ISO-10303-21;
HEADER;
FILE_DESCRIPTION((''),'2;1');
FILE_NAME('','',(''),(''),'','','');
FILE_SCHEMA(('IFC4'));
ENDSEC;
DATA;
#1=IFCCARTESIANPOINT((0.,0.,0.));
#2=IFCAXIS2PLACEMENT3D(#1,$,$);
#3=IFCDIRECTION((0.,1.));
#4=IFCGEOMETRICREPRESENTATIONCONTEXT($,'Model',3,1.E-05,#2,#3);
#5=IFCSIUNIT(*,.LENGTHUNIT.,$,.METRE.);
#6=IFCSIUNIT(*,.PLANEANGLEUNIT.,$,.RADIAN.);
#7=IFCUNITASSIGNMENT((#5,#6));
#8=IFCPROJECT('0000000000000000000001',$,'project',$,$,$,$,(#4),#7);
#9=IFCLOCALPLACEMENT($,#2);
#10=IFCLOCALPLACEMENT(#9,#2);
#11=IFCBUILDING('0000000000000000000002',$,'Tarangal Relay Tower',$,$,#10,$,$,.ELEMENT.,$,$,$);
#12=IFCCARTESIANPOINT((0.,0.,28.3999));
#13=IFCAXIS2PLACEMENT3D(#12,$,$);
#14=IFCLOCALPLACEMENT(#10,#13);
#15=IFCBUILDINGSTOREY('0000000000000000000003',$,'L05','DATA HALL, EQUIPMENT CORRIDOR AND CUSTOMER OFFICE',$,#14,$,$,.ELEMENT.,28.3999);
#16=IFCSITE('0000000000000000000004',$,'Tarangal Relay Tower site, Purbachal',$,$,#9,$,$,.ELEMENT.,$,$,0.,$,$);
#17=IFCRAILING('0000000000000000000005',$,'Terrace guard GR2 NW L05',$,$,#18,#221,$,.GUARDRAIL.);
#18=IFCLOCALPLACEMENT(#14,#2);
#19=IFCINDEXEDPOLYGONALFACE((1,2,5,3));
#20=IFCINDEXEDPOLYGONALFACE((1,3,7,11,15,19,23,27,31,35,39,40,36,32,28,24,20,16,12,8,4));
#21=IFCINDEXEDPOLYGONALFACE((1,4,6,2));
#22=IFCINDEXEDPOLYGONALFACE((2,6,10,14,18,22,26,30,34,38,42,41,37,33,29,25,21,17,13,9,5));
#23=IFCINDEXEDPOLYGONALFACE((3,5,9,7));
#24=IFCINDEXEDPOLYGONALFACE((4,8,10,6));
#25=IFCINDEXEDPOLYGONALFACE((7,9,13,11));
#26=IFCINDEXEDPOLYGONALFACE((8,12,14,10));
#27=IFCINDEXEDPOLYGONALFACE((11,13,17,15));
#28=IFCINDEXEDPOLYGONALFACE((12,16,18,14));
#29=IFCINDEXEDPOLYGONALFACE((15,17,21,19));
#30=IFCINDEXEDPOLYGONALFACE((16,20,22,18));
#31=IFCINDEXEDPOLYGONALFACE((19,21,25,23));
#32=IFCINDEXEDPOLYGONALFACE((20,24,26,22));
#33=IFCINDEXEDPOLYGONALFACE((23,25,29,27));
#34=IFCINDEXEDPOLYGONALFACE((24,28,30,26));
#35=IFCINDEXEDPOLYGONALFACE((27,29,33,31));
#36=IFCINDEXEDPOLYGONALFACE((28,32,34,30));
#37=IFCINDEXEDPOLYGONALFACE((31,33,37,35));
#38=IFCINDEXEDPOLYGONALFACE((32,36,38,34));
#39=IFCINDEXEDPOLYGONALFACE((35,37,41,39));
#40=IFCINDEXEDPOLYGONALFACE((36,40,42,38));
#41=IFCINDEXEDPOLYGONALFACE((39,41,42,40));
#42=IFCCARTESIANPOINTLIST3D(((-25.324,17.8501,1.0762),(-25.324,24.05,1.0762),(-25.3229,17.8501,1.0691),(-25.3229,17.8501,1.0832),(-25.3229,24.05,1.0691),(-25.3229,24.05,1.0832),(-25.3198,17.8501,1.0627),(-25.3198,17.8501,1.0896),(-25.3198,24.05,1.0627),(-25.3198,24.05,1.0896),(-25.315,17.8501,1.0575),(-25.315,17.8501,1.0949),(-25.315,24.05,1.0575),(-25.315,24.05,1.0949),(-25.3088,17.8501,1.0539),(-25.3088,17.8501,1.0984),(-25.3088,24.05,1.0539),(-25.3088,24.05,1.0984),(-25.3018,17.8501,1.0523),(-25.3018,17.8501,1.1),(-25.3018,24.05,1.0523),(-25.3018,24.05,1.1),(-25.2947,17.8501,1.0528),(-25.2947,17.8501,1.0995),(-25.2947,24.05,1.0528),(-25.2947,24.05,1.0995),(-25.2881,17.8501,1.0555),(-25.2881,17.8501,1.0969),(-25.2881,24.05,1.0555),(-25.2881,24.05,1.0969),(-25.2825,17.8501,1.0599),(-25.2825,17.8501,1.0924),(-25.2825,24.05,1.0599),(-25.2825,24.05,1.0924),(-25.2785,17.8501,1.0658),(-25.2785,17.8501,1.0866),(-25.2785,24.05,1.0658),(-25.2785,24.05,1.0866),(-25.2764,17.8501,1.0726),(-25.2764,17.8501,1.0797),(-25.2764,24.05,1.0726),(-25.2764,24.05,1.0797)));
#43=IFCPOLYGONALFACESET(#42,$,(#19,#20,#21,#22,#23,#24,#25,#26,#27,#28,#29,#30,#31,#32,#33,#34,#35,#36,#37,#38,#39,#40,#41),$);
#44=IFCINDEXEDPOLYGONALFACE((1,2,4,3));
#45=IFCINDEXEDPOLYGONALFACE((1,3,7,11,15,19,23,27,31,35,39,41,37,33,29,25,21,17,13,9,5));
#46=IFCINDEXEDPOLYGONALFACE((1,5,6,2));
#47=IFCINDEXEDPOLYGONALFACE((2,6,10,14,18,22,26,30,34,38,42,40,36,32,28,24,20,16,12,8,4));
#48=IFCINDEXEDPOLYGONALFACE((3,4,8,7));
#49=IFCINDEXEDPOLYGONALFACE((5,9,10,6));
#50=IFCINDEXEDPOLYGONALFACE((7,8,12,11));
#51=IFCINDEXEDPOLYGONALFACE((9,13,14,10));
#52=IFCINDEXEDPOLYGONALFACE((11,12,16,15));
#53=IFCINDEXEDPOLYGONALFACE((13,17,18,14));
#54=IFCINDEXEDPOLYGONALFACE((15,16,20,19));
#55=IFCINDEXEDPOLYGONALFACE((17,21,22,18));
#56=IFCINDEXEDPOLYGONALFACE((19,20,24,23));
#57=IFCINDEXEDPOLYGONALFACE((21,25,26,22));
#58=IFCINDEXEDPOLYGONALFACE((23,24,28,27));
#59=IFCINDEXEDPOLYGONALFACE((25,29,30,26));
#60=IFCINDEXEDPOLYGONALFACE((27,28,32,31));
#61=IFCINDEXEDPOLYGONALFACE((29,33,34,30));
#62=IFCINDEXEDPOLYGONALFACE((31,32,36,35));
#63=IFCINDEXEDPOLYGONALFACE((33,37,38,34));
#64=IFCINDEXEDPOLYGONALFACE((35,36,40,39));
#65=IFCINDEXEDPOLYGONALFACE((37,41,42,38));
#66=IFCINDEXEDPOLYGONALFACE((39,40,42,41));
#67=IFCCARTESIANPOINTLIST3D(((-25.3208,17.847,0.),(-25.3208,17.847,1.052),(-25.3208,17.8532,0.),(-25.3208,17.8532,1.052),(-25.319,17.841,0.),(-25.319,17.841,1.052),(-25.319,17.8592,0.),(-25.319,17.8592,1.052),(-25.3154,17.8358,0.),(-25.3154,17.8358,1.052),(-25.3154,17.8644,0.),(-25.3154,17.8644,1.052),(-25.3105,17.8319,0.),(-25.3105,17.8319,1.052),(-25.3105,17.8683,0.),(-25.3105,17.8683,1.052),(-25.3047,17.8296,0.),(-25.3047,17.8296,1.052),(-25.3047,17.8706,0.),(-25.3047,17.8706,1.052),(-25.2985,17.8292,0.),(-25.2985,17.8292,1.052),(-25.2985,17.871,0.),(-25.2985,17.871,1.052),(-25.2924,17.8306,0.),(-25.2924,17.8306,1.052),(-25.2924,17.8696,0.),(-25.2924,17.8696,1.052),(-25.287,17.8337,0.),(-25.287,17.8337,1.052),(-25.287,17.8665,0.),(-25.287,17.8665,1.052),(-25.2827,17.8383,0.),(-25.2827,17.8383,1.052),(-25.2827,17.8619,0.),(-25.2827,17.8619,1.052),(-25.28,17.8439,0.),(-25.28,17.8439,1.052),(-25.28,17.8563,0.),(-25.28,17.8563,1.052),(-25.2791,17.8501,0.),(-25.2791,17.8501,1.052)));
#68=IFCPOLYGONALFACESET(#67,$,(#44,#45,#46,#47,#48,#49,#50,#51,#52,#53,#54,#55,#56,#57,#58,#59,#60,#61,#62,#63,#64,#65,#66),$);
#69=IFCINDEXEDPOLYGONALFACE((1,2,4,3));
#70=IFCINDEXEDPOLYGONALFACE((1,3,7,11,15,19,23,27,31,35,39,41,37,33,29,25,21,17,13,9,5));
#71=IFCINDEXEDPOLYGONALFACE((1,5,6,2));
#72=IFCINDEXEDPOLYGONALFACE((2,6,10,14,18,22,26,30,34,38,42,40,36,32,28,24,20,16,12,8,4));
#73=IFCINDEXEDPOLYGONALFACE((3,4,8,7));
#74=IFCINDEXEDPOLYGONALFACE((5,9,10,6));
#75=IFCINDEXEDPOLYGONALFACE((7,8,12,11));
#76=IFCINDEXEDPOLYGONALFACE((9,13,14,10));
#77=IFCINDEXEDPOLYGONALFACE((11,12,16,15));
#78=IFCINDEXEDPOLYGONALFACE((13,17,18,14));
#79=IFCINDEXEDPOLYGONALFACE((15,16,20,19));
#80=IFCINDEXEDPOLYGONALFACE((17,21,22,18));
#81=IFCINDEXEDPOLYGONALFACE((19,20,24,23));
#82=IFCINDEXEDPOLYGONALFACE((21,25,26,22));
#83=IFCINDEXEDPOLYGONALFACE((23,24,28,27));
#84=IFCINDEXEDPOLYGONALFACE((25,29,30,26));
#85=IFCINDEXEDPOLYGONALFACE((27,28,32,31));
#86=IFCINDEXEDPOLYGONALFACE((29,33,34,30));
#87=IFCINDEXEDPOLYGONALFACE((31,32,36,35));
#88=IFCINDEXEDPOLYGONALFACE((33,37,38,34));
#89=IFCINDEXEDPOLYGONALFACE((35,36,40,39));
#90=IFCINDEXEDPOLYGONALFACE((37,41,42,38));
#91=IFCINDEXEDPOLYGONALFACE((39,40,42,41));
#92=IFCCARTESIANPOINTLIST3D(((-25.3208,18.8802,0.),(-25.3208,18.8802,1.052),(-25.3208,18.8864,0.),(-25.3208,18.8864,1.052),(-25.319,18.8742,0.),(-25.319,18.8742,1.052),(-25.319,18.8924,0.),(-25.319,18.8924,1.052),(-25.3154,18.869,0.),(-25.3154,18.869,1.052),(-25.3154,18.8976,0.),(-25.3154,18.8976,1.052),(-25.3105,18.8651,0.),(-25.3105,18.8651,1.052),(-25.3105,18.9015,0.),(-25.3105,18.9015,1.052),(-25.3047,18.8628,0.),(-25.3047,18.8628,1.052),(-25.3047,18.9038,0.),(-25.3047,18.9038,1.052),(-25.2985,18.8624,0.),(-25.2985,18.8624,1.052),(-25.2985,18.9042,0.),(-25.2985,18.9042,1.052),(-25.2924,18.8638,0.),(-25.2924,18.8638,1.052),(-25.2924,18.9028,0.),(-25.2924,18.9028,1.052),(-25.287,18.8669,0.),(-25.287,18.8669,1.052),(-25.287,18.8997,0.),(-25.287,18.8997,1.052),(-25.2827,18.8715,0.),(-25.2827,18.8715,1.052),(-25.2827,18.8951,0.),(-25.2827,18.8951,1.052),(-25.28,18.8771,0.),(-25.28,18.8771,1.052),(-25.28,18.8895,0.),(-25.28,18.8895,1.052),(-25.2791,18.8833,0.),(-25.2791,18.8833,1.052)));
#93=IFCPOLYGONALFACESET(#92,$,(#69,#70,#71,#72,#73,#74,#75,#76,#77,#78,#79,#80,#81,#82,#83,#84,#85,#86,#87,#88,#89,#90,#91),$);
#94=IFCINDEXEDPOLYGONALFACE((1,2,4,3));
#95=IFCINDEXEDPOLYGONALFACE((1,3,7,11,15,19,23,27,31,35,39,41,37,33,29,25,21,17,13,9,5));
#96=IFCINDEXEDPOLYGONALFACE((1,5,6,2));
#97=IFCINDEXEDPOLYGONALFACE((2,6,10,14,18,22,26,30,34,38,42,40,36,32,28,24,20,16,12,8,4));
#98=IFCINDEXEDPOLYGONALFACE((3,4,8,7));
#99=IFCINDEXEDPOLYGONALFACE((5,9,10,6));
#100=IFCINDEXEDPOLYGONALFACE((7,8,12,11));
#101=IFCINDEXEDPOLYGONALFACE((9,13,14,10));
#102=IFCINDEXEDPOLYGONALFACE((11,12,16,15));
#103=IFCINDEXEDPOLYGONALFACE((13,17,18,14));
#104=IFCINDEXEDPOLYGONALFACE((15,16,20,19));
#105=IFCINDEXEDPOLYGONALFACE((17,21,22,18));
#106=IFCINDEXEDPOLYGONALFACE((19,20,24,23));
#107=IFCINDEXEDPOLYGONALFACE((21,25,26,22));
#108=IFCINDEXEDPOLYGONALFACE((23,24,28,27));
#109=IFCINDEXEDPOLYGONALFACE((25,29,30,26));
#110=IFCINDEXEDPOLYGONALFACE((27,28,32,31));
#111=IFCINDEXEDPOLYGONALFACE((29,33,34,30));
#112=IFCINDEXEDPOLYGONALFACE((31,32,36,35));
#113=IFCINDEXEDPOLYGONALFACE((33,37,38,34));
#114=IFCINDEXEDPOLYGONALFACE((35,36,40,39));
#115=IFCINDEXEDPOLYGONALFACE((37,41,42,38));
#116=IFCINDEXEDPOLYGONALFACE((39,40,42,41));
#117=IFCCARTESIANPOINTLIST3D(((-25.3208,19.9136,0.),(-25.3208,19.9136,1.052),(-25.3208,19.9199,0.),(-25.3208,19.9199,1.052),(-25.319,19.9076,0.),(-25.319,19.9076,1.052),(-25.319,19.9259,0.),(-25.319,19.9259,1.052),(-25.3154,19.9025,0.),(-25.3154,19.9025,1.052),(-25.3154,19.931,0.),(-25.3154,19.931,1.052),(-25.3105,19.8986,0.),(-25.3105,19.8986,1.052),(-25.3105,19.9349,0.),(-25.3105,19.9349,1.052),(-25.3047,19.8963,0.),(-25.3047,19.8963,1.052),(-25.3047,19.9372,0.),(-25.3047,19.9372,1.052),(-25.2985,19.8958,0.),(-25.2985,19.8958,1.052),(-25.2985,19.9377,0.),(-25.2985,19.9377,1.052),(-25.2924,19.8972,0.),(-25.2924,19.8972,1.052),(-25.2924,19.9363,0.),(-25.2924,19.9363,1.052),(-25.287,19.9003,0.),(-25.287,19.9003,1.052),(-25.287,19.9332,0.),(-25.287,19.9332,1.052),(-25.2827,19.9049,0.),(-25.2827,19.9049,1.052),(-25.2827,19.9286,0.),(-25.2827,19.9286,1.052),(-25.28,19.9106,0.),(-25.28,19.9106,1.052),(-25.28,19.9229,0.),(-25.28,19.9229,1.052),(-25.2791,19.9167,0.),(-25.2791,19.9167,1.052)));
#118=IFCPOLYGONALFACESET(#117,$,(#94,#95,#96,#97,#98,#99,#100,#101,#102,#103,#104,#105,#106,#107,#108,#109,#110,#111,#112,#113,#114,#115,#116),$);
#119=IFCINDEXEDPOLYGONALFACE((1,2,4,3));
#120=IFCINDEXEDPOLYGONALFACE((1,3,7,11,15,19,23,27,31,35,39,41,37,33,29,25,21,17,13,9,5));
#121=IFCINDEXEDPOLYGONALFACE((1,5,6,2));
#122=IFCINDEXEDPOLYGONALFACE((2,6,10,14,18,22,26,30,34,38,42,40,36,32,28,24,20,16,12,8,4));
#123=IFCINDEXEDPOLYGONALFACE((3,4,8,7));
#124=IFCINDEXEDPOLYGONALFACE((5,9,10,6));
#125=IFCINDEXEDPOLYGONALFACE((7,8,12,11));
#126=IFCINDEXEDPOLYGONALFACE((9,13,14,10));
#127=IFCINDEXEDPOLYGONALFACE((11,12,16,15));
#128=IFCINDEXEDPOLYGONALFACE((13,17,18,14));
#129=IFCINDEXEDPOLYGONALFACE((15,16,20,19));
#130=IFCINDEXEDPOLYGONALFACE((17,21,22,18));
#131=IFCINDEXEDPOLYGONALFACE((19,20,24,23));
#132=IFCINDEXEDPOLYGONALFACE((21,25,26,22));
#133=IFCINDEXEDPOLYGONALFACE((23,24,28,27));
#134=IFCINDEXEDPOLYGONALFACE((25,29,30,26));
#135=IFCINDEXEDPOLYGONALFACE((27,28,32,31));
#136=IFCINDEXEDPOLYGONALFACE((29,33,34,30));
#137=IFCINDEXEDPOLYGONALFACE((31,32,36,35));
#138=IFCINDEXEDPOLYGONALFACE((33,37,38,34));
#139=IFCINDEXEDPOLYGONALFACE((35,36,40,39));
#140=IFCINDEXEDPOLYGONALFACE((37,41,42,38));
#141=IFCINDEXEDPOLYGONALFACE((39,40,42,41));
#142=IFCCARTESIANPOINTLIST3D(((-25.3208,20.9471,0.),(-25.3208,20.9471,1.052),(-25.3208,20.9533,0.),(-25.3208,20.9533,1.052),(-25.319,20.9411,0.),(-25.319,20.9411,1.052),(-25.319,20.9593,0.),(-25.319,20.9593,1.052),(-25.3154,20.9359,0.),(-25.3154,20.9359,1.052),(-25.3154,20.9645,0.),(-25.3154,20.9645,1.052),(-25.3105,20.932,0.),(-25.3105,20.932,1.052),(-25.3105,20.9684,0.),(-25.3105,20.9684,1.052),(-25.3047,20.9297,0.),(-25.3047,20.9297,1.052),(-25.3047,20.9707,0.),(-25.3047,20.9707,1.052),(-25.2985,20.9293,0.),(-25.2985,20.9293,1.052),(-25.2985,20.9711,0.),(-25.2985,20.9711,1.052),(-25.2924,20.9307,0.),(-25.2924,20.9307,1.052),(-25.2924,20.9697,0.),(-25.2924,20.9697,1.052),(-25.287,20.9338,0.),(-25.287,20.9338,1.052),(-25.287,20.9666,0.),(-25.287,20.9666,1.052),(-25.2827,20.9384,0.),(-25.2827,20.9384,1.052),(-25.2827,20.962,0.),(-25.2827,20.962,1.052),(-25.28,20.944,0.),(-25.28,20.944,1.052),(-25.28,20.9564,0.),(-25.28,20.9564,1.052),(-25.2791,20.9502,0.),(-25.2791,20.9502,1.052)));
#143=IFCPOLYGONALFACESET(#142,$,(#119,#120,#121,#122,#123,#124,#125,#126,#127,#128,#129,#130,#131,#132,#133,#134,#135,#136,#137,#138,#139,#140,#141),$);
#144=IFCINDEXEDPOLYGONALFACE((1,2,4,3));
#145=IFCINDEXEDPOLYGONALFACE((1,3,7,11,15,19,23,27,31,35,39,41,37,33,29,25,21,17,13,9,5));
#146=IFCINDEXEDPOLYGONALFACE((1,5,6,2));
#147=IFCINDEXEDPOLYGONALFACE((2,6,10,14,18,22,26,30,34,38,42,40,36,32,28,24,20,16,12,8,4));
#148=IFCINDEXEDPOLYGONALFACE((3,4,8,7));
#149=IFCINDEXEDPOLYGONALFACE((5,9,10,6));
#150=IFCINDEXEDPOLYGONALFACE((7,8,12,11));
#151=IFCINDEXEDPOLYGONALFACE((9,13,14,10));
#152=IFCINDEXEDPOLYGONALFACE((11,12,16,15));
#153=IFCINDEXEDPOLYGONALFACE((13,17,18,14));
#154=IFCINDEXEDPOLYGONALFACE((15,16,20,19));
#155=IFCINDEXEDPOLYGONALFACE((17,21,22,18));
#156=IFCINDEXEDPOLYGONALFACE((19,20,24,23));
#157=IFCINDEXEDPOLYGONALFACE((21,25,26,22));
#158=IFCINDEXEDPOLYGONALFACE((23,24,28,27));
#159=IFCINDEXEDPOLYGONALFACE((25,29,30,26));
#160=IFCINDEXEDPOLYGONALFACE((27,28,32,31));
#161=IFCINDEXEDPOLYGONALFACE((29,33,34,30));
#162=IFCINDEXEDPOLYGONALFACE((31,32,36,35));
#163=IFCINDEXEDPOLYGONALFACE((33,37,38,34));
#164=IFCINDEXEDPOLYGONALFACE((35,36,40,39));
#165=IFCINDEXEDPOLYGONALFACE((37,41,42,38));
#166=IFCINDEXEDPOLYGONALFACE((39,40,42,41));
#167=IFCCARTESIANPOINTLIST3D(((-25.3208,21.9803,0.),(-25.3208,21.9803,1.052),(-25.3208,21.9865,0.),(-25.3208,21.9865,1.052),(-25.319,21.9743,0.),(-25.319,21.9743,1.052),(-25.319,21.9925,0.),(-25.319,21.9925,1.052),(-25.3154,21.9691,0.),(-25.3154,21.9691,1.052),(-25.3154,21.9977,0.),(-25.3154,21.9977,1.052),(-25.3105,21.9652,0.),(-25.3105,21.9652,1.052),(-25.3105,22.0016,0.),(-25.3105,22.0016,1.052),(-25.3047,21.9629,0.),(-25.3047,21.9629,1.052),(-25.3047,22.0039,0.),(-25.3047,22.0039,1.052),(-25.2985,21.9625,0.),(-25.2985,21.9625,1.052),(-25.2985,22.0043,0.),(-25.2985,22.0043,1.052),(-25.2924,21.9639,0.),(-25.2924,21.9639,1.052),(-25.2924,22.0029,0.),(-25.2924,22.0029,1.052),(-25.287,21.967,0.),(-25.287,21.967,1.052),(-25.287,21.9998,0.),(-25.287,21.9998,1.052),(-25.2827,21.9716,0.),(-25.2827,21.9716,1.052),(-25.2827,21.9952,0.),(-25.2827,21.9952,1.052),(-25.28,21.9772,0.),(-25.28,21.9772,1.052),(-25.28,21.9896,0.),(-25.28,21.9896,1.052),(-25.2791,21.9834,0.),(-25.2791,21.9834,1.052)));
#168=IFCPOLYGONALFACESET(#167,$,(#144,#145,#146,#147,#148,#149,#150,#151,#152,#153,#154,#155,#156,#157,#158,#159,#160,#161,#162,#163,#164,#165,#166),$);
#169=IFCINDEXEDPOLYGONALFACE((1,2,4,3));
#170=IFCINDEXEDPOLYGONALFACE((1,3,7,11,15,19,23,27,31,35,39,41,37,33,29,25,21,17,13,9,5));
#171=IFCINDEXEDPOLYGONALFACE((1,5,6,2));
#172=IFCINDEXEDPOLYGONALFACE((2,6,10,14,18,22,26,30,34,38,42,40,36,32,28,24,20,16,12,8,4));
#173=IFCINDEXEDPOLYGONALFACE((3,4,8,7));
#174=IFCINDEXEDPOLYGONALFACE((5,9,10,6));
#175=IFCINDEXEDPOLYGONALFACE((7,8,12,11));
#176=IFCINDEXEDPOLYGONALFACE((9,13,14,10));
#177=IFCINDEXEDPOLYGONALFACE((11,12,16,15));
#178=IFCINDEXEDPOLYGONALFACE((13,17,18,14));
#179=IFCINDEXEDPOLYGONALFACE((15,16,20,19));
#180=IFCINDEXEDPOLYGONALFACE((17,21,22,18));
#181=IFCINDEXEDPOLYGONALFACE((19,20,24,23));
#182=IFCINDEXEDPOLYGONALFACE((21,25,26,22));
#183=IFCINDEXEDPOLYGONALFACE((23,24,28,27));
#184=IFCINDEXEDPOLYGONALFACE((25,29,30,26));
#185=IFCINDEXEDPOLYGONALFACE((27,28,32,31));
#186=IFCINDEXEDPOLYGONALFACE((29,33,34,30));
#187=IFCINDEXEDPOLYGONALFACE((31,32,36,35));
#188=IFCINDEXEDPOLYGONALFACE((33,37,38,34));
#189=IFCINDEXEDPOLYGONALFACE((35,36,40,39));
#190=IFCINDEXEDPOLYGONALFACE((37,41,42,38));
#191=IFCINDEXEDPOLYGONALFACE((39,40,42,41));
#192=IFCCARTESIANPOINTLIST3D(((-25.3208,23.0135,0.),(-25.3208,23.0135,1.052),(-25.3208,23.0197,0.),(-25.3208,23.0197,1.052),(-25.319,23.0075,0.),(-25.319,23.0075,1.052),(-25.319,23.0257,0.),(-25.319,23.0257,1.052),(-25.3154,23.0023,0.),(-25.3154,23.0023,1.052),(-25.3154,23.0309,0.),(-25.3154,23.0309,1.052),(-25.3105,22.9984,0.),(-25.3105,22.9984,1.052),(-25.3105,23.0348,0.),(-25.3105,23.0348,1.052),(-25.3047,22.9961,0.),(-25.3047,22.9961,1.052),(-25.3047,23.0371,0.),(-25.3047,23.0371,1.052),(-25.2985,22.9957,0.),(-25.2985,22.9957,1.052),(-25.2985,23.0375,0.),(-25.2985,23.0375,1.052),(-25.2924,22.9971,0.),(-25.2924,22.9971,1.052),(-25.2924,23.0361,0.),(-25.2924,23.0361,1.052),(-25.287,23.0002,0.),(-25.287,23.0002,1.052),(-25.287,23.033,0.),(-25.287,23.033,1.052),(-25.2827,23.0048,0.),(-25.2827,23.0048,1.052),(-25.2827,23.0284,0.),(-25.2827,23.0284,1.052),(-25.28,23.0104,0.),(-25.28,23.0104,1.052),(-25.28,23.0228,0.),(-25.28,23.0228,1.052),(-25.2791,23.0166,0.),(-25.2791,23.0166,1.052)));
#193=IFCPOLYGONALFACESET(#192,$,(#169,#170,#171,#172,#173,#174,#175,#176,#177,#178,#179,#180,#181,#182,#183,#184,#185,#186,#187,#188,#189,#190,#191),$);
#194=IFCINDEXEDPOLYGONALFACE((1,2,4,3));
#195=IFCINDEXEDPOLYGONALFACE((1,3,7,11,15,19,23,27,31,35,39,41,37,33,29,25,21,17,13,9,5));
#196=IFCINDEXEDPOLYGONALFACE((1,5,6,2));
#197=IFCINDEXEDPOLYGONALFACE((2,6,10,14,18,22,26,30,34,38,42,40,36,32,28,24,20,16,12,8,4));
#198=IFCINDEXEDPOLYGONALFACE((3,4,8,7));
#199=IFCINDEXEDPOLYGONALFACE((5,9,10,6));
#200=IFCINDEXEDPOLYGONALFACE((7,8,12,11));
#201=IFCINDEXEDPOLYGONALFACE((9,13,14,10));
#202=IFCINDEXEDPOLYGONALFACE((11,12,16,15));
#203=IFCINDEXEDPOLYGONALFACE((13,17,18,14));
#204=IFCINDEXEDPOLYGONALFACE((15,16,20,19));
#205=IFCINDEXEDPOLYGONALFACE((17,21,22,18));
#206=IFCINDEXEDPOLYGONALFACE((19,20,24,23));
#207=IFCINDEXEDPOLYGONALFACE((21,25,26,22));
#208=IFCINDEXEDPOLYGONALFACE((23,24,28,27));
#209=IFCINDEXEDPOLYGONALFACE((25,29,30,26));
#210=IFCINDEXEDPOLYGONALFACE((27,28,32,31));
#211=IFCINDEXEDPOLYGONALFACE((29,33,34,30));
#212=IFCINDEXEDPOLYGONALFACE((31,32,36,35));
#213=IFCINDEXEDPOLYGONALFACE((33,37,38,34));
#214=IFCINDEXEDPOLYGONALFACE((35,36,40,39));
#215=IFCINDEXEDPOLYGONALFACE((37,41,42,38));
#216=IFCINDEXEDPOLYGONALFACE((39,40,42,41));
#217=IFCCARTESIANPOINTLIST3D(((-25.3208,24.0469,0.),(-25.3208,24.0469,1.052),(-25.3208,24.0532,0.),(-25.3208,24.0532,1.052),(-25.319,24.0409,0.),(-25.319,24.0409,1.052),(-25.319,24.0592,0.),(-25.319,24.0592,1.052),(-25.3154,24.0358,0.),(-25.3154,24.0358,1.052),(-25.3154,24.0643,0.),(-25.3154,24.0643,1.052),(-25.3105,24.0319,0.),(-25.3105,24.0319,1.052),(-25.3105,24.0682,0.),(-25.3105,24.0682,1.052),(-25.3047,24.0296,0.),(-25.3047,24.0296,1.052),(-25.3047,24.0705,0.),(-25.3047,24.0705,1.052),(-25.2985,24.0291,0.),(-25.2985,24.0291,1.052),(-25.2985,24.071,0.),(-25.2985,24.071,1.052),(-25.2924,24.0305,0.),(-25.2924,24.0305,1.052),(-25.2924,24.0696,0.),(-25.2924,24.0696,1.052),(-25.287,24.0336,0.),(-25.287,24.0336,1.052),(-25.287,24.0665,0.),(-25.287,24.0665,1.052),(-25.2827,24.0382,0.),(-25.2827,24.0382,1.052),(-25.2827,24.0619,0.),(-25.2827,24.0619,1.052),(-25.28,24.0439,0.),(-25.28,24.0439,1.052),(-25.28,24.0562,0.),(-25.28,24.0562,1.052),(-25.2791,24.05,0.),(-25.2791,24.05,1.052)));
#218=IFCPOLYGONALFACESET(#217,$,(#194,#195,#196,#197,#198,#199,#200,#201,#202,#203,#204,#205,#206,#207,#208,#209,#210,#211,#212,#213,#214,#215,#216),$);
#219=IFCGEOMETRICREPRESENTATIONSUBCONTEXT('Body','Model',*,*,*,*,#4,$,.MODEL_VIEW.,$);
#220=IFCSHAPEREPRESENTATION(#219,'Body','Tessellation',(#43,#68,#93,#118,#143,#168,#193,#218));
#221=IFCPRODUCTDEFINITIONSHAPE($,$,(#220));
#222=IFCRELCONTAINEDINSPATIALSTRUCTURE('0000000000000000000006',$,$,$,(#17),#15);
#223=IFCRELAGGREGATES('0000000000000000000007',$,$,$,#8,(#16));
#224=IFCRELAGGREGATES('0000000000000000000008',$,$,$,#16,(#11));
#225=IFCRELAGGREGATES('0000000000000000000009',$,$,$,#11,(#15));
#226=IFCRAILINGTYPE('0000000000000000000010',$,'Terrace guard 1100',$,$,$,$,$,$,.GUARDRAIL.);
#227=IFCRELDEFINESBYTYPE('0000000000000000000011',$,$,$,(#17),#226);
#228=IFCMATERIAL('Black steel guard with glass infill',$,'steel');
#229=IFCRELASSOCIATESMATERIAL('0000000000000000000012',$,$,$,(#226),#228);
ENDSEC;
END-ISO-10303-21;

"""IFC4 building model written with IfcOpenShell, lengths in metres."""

from ifc_helpers import new_model, si_unit, direction, frame, origin, origin_2d, place, context, subcontext, project, spatial, circle, extrude, material, type_object, element, save


model = new_model("IFC4")

# Units and contexts
model_context = context("Model", 3, precision=1e-05, world=origin(), true_north=direction((0.0, 1.0)))
body_context = subcontext(model_context, "Body", "Model", "MODEL_VIEW")
ifc_project = project(units=[si_unit("LENGTHUNIT", "METRE"), si_unit("PLANEANGLEUNIT", "RADIAN")], contexts=[model_context])

# Site, building, storey
site_placement = place(None, origin())
site = spatial("IfcSite", under=ifc_project, at=site_placement, Name="Tarangal Relay Tower site, Purbachal", CompositionType="ELEMENT", RefElevation=0.0)
building_placement = place(site_placement, origin())
building = spatial("IfcBuilding", under=site, at=building_placement, Name="Tarangal Relay Tower", CompositionType="ELEMENT")
storey_placement = place(building_placement, frame((0.0, 0.0, 28.3999)))
storey = spatial("IfcBuildingStorey", under=building, at=storey_placement, Name="L05", Description="DATA HALL, EQUIPMENT CORRIDOR AND CUSTOMER OFFICE", CompositionType="ELEMENT", Elevation=28.3999)

# Railing
ifc_material_1 = material(Name="Black steel guard with glass infill", Category="steel")
railing_type = type_object("IfcRailingType", Name="Terrace guard 1100", PredefinedType="GUARDRAIL", material=ifc_material_1)
railing_1_placement = place(storey_placement, frame((-25.3, 17.8501, 0.0)))
element("IfcRailing", 1, at=railing_1_placement, inside=storey, type_object=railing_type, Name="Terrace guard GR2 NW L05", PredefinedType="GUARDRAIL", context=body_context, shape_type="SweptSolid", body=[
    extrude(circle(Radius=0.0239, at=origin_2d()), frame((0.0, 0.0, 1.0762), z_axis=(0.0, 1.0, 0.0), x_axis=(-1.0, 0.0, 0.0)), (0.0, 0.0, 1.0), 6.2),
    extrude(circle(Radius=0.021, at=origin_2d()), origin(), (0.0, 0.0, 1.0), 1.052),
    extrude(circle(Radius=0.021, at=origin_2d()), frame((0.0, 1.0332, 0.0)), (0.0, 0.0, 1.0), 1.052),
    extrude(circle(Radius=0.021, at=origin_2d()), frame((0.0, 2.0667, 0.0)), (0.0, 0.0, 1.0), 1.052),
    extrude(circle(Radius=0.021, at=origin_2d()), frame((0.0, 3.1001, 0.0)), (0.0, 0.0, 1.0), 1.052),
    extrude(circle(Radius=0.021, at=origin_2d()), frame((0.0, 4.1333, 0.0)), (0.0, 0.0, 1.0), 1.052),
    extrude(circle(Radius=0.021, at=origin_2d()), frame((0.0, 5.1665, 0.0)), (0.0, 0.0, 1.0), 1.052),
    extrude(circle(Radius=0.021, at=origin_2d()), frame((0.0, 6.2, 0.0)), (0.0, 0.0, 1.0), 1.052),
])

save(model, "model.ifc")
